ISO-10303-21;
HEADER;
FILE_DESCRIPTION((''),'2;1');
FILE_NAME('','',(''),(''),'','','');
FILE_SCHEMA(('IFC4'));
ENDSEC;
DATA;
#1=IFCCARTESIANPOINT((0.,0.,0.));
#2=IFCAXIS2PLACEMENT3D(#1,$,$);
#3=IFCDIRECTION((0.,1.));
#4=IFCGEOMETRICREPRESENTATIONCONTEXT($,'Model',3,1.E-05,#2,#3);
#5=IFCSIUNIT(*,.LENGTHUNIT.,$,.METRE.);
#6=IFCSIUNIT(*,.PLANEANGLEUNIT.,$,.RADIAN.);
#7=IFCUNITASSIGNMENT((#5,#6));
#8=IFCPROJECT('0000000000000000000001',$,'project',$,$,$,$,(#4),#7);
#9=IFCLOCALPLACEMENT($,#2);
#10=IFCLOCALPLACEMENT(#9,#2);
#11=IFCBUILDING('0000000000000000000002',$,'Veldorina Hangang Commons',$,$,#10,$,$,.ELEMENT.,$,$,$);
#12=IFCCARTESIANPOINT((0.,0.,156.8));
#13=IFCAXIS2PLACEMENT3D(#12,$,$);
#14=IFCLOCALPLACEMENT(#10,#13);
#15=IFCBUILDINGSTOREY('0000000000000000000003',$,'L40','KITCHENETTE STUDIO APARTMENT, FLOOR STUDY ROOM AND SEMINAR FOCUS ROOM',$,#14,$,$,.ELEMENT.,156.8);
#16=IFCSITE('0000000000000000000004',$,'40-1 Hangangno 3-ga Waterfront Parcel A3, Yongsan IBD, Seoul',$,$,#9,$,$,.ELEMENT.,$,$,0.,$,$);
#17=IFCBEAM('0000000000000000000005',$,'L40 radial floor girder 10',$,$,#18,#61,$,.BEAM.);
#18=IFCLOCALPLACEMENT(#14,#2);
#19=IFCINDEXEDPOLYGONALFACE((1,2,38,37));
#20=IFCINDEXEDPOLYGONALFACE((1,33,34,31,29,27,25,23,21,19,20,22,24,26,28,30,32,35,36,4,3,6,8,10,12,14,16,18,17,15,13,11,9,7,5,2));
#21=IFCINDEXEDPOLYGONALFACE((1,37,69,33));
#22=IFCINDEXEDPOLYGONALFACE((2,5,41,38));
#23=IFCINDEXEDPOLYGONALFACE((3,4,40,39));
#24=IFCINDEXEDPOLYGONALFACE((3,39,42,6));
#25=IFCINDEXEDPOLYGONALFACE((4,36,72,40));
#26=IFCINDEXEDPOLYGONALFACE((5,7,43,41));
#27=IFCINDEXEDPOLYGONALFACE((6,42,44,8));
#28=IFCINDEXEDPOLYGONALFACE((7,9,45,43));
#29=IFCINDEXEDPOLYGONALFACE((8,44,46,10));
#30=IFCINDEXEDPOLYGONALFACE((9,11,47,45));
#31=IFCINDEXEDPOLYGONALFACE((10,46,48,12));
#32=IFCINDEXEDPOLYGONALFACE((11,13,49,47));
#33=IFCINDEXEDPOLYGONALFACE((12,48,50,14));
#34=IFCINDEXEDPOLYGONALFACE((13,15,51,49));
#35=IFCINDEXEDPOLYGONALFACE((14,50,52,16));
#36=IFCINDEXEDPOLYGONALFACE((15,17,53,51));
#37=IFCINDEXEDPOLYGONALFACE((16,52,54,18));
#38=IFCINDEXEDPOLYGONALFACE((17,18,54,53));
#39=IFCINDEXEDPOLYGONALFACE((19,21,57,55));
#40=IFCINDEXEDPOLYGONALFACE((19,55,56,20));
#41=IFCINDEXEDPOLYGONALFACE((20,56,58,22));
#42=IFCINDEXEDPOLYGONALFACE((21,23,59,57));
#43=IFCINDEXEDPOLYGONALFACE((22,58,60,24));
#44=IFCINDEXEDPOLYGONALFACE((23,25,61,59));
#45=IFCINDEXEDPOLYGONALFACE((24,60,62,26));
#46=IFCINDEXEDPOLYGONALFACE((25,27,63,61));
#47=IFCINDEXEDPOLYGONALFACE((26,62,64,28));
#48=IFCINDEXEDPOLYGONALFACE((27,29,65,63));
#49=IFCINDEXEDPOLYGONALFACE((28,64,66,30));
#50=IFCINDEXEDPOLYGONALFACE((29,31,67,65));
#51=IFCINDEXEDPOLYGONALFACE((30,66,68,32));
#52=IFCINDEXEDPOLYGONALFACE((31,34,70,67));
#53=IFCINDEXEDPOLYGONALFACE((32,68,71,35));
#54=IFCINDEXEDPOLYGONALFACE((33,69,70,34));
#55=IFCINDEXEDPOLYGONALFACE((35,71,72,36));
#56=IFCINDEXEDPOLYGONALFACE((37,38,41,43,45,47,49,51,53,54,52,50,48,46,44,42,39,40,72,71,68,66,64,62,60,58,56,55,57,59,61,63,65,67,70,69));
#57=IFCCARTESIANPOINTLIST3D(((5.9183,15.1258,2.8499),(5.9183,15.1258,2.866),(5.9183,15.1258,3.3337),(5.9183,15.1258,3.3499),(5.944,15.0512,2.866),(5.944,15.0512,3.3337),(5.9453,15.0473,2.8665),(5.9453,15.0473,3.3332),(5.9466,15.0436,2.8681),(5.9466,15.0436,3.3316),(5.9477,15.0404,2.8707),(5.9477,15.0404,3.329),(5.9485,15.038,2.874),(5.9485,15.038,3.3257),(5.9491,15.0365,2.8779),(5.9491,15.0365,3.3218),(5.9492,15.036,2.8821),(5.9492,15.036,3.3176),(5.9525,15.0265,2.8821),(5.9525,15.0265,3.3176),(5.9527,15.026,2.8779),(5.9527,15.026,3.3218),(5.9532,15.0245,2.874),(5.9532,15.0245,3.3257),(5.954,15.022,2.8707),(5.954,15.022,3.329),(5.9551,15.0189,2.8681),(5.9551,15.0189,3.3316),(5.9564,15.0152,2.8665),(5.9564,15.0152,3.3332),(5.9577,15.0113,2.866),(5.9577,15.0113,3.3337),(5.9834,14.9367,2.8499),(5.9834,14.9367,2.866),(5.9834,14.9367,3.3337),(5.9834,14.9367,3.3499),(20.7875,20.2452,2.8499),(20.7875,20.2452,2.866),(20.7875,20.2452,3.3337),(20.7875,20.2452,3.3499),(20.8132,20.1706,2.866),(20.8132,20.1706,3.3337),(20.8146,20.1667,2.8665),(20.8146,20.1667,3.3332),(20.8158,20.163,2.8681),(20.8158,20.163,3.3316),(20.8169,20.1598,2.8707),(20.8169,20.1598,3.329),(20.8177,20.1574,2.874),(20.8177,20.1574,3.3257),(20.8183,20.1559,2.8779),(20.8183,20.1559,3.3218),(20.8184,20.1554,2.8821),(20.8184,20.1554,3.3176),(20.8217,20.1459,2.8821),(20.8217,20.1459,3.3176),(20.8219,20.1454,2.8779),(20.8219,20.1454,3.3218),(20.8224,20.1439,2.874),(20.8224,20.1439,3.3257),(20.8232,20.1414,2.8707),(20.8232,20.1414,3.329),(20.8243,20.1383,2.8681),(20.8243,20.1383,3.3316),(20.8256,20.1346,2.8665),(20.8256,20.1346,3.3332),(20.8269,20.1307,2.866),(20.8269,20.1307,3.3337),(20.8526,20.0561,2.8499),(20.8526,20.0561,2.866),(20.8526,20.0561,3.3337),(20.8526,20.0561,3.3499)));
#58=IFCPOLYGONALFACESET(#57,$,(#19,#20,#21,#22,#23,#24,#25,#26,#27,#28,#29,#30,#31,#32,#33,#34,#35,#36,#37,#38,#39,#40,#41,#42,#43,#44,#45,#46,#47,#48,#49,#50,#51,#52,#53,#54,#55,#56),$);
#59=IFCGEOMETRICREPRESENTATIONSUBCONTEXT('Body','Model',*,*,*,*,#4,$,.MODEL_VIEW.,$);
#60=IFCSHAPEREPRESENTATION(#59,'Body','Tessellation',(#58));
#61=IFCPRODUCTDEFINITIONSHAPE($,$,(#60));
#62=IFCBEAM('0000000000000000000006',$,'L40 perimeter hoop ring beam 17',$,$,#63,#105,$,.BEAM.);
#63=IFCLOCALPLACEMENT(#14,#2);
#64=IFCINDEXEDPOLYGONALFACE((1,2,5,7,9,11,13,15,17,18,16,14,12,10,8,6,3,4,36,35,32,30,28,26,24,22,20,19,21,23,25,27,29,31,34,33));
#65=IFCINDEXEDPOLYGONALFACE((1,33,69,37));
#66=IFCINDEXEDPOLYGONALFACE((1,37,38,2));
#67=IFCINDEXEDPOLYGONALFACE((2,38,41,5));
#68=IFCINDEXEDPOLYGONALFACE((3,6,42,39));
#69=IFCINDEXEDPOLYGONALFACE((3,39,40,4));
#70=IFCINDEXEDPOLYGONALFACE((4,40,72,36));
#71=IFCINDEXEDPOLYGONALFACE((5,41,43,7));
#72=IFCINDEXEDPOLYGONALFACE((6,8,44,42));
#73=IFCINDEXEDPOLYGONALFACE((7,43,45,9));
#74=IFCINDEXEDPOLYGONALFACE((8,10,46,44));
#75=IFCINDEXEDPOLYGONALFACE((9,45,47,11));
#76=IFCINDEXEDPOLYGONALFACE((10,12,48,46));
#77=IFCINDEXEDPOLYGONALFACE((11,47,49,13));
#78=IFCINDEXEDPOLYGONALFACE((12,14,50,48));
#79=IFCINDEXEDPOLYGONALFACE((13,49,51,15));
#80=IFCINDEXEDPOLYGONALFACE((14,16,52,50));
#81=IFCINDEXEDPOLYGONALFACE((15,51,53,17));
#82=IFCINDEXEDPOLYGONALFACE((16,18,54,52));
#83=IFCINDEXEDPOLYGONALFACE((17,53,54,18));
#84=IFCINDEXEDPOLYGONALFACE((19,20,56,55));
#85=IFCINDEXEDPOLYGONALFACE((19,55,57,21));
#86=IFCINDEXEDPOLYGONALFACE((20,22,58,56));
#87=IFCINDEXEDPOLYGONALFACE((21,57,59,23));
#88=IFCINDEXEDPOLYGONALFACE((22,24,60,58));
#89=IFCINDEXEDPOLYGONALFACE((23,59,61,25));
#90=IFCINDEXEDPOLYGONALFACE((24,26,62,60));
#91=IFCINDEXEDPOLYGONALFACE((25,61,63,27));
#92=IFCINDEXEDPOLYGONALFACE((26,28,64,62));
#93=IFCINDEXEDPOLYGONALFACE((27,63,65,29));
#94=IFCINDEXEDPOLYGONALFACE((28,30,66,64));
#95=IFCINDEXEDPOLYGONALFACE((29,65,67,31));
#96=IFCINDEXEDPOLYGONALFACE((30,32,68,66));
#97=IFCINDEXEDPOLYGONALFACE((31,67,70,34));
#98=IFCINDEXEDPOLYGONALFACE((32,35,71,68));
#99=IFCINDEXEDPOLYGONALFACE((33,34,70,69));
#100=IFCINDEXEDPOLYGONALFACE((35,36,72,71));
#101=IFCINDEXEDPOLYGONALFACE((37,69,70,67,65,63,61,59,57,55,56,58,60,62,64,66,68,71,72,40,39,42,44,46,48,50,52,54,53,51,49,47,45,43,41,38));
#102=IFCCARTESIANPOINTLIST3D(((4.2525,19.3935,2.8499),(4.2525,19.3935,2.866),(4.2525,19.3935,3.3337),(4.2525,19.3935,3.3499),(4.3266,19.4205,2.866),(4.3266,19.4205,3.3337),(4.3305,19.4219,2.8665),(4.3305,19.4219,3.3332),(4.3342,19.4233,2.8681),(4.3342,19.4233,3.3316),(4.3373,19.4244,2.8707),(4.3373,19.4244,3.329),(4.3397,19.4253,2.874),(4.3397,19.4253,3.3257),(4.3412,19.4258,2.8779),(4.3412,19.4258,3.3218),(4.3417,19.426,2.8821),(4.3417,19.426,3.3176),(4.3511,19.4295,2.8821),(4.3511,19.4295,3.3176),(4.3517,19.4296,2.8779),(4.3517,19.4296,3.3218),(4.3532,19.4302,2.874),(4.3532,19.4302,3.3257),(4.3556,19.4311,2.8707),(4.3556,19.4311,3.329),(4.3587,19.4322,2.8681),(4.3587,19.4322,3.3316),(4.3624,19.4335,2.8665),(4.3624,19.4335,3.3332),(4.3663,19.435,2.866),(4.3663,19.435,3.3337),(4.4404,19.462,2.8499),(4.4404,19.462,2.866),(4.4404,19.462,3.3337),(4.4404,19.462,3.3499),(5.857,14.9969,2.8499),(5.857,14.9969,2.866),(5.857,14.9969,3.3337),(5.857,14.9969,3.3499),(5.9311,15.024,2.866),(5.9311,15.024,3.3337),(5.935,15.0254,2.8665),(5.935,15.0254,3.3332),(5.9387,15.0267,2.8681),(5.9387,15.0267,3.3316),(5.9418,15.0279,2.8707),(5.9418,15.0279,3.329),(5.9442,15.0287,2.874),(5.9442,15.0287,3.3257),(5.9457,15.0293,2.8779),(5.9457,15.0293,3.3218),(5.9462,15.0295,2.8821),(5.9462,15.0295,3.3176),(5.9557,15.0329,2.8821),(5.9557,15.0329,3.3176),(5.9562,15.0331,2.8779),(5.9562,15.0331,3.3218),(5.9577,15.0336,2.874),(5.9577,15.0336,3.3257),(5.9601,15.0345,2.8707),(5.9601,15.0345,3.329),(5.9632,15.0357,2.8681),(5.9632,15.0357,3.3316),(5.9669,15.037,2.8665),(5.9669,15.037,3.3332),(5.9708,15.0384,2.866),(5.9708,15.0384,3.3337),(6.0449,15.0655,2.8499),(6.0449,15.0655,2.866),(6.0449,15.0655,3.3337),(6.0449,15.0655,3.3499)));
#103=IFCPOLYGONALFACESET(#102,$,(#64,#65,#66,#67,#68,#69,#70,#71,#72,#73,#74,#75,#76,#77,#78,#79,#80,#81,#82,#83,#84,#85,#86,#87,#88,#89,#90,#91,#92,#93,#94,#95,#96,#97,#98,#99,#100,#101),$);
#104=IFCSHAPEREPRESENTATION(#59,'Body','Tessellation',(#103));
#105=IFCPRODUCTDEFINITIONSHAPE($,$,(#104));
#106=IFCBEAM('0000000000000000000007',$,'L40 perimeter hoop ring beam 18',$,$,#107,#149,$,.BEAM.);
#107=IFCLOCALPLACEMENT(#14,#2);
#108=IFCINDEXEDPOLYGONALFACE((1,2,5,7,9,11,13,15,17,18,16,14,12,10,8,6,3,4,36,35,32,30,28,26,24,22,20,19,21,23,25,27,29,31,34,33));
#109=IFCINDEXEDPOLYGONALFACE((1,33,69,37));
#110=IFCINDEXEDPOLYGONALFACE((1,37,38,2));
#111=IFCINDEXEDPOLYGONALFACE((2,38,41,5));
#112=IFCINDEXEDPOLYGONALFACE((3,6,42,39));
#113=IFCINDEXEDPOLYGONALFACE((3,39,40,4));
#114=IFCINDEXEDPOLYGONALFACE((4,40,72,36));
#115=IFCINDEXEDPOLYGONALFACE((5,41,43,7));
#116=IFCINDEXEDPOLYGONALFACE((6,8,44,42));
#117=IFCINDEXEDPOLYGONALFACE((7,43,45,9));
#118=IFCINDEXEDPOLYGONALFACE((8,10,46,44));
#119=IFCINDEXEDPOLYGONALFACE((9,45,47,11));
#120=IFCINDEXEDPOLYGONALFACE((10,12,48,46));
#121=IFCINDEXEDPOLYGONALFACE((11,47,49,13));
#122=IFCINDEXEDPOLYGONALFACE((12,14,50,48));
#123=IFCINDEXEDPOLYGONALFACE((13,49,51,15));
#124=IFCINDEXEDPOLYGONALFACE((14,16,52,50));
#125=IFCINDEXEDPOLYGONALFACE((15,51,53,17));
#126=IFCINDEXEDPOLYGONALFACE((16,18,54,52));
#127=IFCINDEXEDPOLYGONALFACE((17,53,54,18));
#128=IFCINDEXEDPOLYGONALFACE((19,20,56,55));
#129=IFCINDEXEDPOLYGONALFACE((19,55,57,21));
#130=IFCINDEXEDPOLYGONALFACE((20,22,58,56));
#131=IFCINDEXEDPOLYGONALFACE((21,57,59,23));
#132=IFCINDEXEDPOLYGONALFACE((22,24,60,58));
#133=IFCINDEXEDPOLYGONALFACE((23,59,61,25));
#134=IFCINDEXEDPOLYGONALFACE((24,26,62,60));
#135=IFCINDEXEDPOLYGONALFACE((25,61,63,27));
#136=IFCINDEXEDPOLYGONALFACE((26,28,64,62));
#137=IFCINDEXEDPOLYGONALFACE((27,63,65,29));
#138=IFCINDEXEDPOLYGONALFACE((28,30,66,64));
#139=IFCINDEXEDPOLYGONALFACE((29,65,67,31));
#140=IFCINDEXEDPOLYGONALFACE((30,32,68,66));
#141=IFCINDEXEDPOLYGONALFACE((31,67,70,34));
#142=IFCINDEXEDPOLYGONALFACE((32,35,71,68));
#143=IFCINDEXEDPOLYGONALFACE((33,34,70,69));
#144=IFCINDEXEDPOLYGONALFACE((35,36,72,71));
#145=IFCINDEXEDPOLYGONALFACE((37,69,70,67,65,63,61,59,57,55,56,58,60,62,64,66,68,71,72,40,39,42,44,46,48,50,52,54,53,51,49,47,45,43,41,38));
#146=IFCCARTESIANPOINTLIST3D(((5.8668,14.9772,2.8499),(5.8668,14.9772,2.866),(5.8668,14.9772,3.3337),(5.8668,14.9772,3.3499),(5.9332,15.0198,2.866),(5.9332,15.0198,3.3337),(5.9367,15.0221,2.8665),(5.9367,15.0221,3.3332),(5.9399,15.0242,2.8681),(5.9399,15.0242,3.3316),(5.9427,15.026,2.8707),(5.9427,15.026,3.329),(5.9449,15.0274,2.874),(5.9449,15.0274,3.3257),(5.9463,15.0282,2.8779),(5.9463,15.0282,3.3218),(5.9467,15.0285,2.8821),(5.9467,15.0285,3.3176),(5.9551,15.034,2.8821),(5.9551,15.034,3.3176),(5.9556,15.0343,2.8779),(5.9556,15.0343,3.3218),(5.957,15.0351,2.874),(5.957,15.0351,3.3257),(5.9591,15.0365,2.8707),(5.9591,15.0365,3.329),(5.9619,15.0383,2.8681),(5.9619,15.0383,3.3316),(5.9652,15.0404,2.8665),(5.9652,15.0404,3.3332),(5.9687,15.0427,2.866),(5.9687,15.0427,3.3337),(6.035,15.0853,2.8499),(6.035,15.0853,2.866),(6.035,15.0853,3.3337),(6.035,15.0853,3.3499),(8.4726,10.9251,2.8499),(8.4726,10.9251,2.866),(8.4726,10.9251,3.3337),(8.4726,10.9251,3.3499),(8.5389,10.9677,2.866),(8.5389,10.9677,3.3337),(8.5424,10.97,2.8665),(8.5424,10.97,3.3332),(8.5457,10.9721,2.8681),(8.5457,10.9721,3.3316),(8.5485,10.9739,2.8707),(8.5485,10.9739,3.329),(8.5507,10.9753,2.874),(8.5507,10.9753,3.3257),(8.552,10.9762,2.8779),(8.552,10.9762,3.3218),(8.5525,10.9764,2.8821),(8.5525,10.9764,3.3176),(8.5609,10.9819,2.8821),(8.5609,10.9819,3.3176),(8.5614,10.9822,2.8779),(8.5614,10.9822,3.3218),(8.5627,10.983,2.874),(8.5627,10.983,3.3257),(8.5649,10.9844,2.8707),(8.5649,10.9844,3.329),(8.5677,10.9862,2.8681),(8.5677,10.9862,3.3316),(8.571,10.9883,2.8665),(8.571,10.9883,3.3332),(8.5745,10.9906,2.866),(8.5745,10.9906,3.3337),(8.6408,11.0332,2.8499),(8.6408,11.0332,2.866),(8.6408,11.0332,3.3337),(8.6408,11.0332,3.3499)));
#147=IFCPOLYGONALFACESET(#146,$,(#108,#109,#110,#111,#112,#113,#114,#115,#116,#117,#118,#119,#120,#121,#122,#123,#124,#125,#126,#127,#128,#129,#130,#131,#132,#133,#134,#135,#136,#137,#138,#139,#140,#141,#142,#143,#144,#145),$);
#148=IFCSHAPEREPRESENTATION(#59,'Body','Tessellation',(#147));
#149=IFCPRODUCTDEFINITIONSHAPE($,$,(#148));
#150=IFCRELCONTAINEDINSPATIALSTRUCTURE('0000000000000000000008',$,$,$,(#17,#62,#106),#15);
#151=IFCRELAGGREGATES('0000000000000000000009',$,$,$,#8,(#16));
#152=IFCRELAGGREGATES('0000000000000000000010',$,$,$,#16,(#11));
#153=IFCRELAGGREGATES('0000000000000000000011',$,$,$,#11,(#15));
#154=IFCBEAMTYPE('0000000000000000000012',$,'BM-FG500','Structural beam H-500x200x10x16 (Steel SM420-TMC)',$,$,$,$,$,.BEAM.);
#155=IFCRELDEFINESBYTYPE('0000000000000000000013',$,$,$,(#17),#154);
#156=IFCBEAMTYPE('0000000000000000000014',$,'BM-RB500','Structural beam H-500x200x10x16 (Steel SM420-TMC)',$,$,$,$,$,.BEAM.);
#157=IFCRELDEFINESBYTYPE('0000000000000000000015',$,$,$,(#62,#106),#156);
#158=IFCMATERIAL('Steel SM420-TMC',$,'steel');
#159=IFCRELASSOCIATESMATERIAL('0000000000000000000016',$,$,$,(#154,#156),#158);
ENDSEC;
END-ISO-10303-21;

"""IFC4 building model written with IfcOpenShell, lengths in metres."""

from ifc_helpers import new_model, si_unit, direction, frame, origin, origin_2d, place, context, subcontext, project, spatial, i_section, extrude, material, material_profile, profile_set, type_object, element, save


model = new_model("IFC4")

# Units and contexts
model_context = context("Model", 3, precision=1e-05, world=origin(), true_north=direction((0.0, 1.0)))
body_context = subcontext(model_context, "Body", "Model", "MODEL_VIEW")
ifc_project = project(units=[si_unit("LENGTHUNIT", "METRE"), si_unit("PLANEANGLEUNIT", "RADIAN")], contexts=[model_context])

# Site, building, storey
site_placement = place(None, origin())
site = spatial("IfcSite", under=ifc_project, at=site_placement, Name="40-1 Hangangno 3-ga Waterfront Parcel A3, Yongsan IBD, Seoul", CompositionType="ELEMENT", RefElevation=0.0)
building_placement = place(site_placement, origin())
building = spatial("IfcBuilding", under=site, at=building_placement, Name="Veldorina Hangang Commons", CompositionType="ELEMENT")
storey_placement = place(building_placement, frame((0.0, 0.0, 156.8)))
storey = spatial("IfcBuildingStorey", under=building, at=storey_placement, Name="L40", Description="KITCHENETTE STUDIO APARTMENT, FLOOR STUDY ROOM AND SEMINAR FOCUS ROOM", CompositionType="ELEMENT", Elevation=156.8)

# Beams
ifc_material_1 = material(Name="Steel SM420-TMC", Category="steel")
ifc_material_profile_1 = material_profile(ifc_material_1, i_section(OverallWidth=0.2, OverallDepth=0.5, WebThickness=0.01, FlangeThickness=0.0161, FilletRadius=0.0161, at=origin_2d()), Name="H-500x200x10x16")
ifc_profile_set_1 = profile_set([ifc_material_profile_1], Name="Steel SM420-TMC")
beam_type_1 = type_object("IfcBeamType", Name="BM-FG500", Description="Structural beam H-500x200x10x16 (Steel SM420-TMC)", PredefinedType="BEAM", material=ifc_profile_set_1)
beam_1_placement = place(storey_placement, frame((20.8201, 20.1506, 3.0999), z_axis=(-0.945528, -0.325541, 0.0), x_axis=(0.325541, -0.945528, 0.0)))
element("IfcBeam", 1, at=beam_1_placement, inside=storey, type_object=beam_type_1, Name="L40 radial floor girder 10", PredefinedType="BEAM", context=body_context, shape_type="SweptSolid", body=[
    extrude(i_section(OverallWidth=0.2, OverallDepth=0.5, WebThickness=0.01, FlangeThickness=0.0161, FilletRadius=0.0161, at=origin_2d()), origin(), (0.0, 0.0, 1.0), 15.7258),
])
ifc_material_profile_2 = material_profile(ifc_material_1, i_section(OverallWidth=0.2, OverallDepth=0.5, WebThickness=0.01, FlangeThickness=0.0161, FilletRadius=0.0161, at=origin_2d()), Name="H-500x200x10x16")
ifc_profile_set_2 = profile_set([ifc_material_profile_2], Name="Steel SM420-TMC")
beam_type_2 = type_object("IfcBeamType", Name="BM-RB500", Description="Structural beam H-500x200x10x16 (Steel SM420-TMC)", PredefinedType="BEAM", material=ifc_profile_set_2)
beam_2_placement = place(storey_placement, frame((4.3464, 19.4277, 3.0999), z_axis=(0.342832, -0.939397, 0.0), x_axis=(0.939397, 0.342832, 0.0)))
element("IfcBeam", 2, at=beam_2_placement, inside=storey, type_object=beam_type_2, Name="L40 perimeter hoop ring beam 17", PredefinedType="BEAM", context=body_context, shape_type="SweptSolid", body=[
    extrude(i_section(OverallWidth=0.2, OverallDepth=0.5, WebThickness=0.01, FlangeThickness=0.0161, FilletRadius=0.0161, at=origin_2d()), origin(), (0.0, 0.0, 1.0), 4.6802),
])
beam_3_placement = place(storey_placement, frame((5.9509, 15.0312, 3.0999), z_axis=(0.540883, -0.841098, 0.0), x_axis=(0.841098, 0.540883, 0.0)))
element("IfcBeam", 3, at=beam_3_placement, inside=storey, type_object=beam_type_2, Name="L40 perimeter hoop ring beam 18", PredefinedType="BEAM", context=body_context, shape_type="SweptSolid", body=[
    extrude(i_section(OverallWidth=0.2, OverallDepth=0.5, WebThickness=0.01, FlangeThickness=0.0161, FilletRadius=0.0161, at=origin_2d()), origin(), (0.0, 0.0, 1.0), 4.8176),
])

save(model, "model.ifc")
